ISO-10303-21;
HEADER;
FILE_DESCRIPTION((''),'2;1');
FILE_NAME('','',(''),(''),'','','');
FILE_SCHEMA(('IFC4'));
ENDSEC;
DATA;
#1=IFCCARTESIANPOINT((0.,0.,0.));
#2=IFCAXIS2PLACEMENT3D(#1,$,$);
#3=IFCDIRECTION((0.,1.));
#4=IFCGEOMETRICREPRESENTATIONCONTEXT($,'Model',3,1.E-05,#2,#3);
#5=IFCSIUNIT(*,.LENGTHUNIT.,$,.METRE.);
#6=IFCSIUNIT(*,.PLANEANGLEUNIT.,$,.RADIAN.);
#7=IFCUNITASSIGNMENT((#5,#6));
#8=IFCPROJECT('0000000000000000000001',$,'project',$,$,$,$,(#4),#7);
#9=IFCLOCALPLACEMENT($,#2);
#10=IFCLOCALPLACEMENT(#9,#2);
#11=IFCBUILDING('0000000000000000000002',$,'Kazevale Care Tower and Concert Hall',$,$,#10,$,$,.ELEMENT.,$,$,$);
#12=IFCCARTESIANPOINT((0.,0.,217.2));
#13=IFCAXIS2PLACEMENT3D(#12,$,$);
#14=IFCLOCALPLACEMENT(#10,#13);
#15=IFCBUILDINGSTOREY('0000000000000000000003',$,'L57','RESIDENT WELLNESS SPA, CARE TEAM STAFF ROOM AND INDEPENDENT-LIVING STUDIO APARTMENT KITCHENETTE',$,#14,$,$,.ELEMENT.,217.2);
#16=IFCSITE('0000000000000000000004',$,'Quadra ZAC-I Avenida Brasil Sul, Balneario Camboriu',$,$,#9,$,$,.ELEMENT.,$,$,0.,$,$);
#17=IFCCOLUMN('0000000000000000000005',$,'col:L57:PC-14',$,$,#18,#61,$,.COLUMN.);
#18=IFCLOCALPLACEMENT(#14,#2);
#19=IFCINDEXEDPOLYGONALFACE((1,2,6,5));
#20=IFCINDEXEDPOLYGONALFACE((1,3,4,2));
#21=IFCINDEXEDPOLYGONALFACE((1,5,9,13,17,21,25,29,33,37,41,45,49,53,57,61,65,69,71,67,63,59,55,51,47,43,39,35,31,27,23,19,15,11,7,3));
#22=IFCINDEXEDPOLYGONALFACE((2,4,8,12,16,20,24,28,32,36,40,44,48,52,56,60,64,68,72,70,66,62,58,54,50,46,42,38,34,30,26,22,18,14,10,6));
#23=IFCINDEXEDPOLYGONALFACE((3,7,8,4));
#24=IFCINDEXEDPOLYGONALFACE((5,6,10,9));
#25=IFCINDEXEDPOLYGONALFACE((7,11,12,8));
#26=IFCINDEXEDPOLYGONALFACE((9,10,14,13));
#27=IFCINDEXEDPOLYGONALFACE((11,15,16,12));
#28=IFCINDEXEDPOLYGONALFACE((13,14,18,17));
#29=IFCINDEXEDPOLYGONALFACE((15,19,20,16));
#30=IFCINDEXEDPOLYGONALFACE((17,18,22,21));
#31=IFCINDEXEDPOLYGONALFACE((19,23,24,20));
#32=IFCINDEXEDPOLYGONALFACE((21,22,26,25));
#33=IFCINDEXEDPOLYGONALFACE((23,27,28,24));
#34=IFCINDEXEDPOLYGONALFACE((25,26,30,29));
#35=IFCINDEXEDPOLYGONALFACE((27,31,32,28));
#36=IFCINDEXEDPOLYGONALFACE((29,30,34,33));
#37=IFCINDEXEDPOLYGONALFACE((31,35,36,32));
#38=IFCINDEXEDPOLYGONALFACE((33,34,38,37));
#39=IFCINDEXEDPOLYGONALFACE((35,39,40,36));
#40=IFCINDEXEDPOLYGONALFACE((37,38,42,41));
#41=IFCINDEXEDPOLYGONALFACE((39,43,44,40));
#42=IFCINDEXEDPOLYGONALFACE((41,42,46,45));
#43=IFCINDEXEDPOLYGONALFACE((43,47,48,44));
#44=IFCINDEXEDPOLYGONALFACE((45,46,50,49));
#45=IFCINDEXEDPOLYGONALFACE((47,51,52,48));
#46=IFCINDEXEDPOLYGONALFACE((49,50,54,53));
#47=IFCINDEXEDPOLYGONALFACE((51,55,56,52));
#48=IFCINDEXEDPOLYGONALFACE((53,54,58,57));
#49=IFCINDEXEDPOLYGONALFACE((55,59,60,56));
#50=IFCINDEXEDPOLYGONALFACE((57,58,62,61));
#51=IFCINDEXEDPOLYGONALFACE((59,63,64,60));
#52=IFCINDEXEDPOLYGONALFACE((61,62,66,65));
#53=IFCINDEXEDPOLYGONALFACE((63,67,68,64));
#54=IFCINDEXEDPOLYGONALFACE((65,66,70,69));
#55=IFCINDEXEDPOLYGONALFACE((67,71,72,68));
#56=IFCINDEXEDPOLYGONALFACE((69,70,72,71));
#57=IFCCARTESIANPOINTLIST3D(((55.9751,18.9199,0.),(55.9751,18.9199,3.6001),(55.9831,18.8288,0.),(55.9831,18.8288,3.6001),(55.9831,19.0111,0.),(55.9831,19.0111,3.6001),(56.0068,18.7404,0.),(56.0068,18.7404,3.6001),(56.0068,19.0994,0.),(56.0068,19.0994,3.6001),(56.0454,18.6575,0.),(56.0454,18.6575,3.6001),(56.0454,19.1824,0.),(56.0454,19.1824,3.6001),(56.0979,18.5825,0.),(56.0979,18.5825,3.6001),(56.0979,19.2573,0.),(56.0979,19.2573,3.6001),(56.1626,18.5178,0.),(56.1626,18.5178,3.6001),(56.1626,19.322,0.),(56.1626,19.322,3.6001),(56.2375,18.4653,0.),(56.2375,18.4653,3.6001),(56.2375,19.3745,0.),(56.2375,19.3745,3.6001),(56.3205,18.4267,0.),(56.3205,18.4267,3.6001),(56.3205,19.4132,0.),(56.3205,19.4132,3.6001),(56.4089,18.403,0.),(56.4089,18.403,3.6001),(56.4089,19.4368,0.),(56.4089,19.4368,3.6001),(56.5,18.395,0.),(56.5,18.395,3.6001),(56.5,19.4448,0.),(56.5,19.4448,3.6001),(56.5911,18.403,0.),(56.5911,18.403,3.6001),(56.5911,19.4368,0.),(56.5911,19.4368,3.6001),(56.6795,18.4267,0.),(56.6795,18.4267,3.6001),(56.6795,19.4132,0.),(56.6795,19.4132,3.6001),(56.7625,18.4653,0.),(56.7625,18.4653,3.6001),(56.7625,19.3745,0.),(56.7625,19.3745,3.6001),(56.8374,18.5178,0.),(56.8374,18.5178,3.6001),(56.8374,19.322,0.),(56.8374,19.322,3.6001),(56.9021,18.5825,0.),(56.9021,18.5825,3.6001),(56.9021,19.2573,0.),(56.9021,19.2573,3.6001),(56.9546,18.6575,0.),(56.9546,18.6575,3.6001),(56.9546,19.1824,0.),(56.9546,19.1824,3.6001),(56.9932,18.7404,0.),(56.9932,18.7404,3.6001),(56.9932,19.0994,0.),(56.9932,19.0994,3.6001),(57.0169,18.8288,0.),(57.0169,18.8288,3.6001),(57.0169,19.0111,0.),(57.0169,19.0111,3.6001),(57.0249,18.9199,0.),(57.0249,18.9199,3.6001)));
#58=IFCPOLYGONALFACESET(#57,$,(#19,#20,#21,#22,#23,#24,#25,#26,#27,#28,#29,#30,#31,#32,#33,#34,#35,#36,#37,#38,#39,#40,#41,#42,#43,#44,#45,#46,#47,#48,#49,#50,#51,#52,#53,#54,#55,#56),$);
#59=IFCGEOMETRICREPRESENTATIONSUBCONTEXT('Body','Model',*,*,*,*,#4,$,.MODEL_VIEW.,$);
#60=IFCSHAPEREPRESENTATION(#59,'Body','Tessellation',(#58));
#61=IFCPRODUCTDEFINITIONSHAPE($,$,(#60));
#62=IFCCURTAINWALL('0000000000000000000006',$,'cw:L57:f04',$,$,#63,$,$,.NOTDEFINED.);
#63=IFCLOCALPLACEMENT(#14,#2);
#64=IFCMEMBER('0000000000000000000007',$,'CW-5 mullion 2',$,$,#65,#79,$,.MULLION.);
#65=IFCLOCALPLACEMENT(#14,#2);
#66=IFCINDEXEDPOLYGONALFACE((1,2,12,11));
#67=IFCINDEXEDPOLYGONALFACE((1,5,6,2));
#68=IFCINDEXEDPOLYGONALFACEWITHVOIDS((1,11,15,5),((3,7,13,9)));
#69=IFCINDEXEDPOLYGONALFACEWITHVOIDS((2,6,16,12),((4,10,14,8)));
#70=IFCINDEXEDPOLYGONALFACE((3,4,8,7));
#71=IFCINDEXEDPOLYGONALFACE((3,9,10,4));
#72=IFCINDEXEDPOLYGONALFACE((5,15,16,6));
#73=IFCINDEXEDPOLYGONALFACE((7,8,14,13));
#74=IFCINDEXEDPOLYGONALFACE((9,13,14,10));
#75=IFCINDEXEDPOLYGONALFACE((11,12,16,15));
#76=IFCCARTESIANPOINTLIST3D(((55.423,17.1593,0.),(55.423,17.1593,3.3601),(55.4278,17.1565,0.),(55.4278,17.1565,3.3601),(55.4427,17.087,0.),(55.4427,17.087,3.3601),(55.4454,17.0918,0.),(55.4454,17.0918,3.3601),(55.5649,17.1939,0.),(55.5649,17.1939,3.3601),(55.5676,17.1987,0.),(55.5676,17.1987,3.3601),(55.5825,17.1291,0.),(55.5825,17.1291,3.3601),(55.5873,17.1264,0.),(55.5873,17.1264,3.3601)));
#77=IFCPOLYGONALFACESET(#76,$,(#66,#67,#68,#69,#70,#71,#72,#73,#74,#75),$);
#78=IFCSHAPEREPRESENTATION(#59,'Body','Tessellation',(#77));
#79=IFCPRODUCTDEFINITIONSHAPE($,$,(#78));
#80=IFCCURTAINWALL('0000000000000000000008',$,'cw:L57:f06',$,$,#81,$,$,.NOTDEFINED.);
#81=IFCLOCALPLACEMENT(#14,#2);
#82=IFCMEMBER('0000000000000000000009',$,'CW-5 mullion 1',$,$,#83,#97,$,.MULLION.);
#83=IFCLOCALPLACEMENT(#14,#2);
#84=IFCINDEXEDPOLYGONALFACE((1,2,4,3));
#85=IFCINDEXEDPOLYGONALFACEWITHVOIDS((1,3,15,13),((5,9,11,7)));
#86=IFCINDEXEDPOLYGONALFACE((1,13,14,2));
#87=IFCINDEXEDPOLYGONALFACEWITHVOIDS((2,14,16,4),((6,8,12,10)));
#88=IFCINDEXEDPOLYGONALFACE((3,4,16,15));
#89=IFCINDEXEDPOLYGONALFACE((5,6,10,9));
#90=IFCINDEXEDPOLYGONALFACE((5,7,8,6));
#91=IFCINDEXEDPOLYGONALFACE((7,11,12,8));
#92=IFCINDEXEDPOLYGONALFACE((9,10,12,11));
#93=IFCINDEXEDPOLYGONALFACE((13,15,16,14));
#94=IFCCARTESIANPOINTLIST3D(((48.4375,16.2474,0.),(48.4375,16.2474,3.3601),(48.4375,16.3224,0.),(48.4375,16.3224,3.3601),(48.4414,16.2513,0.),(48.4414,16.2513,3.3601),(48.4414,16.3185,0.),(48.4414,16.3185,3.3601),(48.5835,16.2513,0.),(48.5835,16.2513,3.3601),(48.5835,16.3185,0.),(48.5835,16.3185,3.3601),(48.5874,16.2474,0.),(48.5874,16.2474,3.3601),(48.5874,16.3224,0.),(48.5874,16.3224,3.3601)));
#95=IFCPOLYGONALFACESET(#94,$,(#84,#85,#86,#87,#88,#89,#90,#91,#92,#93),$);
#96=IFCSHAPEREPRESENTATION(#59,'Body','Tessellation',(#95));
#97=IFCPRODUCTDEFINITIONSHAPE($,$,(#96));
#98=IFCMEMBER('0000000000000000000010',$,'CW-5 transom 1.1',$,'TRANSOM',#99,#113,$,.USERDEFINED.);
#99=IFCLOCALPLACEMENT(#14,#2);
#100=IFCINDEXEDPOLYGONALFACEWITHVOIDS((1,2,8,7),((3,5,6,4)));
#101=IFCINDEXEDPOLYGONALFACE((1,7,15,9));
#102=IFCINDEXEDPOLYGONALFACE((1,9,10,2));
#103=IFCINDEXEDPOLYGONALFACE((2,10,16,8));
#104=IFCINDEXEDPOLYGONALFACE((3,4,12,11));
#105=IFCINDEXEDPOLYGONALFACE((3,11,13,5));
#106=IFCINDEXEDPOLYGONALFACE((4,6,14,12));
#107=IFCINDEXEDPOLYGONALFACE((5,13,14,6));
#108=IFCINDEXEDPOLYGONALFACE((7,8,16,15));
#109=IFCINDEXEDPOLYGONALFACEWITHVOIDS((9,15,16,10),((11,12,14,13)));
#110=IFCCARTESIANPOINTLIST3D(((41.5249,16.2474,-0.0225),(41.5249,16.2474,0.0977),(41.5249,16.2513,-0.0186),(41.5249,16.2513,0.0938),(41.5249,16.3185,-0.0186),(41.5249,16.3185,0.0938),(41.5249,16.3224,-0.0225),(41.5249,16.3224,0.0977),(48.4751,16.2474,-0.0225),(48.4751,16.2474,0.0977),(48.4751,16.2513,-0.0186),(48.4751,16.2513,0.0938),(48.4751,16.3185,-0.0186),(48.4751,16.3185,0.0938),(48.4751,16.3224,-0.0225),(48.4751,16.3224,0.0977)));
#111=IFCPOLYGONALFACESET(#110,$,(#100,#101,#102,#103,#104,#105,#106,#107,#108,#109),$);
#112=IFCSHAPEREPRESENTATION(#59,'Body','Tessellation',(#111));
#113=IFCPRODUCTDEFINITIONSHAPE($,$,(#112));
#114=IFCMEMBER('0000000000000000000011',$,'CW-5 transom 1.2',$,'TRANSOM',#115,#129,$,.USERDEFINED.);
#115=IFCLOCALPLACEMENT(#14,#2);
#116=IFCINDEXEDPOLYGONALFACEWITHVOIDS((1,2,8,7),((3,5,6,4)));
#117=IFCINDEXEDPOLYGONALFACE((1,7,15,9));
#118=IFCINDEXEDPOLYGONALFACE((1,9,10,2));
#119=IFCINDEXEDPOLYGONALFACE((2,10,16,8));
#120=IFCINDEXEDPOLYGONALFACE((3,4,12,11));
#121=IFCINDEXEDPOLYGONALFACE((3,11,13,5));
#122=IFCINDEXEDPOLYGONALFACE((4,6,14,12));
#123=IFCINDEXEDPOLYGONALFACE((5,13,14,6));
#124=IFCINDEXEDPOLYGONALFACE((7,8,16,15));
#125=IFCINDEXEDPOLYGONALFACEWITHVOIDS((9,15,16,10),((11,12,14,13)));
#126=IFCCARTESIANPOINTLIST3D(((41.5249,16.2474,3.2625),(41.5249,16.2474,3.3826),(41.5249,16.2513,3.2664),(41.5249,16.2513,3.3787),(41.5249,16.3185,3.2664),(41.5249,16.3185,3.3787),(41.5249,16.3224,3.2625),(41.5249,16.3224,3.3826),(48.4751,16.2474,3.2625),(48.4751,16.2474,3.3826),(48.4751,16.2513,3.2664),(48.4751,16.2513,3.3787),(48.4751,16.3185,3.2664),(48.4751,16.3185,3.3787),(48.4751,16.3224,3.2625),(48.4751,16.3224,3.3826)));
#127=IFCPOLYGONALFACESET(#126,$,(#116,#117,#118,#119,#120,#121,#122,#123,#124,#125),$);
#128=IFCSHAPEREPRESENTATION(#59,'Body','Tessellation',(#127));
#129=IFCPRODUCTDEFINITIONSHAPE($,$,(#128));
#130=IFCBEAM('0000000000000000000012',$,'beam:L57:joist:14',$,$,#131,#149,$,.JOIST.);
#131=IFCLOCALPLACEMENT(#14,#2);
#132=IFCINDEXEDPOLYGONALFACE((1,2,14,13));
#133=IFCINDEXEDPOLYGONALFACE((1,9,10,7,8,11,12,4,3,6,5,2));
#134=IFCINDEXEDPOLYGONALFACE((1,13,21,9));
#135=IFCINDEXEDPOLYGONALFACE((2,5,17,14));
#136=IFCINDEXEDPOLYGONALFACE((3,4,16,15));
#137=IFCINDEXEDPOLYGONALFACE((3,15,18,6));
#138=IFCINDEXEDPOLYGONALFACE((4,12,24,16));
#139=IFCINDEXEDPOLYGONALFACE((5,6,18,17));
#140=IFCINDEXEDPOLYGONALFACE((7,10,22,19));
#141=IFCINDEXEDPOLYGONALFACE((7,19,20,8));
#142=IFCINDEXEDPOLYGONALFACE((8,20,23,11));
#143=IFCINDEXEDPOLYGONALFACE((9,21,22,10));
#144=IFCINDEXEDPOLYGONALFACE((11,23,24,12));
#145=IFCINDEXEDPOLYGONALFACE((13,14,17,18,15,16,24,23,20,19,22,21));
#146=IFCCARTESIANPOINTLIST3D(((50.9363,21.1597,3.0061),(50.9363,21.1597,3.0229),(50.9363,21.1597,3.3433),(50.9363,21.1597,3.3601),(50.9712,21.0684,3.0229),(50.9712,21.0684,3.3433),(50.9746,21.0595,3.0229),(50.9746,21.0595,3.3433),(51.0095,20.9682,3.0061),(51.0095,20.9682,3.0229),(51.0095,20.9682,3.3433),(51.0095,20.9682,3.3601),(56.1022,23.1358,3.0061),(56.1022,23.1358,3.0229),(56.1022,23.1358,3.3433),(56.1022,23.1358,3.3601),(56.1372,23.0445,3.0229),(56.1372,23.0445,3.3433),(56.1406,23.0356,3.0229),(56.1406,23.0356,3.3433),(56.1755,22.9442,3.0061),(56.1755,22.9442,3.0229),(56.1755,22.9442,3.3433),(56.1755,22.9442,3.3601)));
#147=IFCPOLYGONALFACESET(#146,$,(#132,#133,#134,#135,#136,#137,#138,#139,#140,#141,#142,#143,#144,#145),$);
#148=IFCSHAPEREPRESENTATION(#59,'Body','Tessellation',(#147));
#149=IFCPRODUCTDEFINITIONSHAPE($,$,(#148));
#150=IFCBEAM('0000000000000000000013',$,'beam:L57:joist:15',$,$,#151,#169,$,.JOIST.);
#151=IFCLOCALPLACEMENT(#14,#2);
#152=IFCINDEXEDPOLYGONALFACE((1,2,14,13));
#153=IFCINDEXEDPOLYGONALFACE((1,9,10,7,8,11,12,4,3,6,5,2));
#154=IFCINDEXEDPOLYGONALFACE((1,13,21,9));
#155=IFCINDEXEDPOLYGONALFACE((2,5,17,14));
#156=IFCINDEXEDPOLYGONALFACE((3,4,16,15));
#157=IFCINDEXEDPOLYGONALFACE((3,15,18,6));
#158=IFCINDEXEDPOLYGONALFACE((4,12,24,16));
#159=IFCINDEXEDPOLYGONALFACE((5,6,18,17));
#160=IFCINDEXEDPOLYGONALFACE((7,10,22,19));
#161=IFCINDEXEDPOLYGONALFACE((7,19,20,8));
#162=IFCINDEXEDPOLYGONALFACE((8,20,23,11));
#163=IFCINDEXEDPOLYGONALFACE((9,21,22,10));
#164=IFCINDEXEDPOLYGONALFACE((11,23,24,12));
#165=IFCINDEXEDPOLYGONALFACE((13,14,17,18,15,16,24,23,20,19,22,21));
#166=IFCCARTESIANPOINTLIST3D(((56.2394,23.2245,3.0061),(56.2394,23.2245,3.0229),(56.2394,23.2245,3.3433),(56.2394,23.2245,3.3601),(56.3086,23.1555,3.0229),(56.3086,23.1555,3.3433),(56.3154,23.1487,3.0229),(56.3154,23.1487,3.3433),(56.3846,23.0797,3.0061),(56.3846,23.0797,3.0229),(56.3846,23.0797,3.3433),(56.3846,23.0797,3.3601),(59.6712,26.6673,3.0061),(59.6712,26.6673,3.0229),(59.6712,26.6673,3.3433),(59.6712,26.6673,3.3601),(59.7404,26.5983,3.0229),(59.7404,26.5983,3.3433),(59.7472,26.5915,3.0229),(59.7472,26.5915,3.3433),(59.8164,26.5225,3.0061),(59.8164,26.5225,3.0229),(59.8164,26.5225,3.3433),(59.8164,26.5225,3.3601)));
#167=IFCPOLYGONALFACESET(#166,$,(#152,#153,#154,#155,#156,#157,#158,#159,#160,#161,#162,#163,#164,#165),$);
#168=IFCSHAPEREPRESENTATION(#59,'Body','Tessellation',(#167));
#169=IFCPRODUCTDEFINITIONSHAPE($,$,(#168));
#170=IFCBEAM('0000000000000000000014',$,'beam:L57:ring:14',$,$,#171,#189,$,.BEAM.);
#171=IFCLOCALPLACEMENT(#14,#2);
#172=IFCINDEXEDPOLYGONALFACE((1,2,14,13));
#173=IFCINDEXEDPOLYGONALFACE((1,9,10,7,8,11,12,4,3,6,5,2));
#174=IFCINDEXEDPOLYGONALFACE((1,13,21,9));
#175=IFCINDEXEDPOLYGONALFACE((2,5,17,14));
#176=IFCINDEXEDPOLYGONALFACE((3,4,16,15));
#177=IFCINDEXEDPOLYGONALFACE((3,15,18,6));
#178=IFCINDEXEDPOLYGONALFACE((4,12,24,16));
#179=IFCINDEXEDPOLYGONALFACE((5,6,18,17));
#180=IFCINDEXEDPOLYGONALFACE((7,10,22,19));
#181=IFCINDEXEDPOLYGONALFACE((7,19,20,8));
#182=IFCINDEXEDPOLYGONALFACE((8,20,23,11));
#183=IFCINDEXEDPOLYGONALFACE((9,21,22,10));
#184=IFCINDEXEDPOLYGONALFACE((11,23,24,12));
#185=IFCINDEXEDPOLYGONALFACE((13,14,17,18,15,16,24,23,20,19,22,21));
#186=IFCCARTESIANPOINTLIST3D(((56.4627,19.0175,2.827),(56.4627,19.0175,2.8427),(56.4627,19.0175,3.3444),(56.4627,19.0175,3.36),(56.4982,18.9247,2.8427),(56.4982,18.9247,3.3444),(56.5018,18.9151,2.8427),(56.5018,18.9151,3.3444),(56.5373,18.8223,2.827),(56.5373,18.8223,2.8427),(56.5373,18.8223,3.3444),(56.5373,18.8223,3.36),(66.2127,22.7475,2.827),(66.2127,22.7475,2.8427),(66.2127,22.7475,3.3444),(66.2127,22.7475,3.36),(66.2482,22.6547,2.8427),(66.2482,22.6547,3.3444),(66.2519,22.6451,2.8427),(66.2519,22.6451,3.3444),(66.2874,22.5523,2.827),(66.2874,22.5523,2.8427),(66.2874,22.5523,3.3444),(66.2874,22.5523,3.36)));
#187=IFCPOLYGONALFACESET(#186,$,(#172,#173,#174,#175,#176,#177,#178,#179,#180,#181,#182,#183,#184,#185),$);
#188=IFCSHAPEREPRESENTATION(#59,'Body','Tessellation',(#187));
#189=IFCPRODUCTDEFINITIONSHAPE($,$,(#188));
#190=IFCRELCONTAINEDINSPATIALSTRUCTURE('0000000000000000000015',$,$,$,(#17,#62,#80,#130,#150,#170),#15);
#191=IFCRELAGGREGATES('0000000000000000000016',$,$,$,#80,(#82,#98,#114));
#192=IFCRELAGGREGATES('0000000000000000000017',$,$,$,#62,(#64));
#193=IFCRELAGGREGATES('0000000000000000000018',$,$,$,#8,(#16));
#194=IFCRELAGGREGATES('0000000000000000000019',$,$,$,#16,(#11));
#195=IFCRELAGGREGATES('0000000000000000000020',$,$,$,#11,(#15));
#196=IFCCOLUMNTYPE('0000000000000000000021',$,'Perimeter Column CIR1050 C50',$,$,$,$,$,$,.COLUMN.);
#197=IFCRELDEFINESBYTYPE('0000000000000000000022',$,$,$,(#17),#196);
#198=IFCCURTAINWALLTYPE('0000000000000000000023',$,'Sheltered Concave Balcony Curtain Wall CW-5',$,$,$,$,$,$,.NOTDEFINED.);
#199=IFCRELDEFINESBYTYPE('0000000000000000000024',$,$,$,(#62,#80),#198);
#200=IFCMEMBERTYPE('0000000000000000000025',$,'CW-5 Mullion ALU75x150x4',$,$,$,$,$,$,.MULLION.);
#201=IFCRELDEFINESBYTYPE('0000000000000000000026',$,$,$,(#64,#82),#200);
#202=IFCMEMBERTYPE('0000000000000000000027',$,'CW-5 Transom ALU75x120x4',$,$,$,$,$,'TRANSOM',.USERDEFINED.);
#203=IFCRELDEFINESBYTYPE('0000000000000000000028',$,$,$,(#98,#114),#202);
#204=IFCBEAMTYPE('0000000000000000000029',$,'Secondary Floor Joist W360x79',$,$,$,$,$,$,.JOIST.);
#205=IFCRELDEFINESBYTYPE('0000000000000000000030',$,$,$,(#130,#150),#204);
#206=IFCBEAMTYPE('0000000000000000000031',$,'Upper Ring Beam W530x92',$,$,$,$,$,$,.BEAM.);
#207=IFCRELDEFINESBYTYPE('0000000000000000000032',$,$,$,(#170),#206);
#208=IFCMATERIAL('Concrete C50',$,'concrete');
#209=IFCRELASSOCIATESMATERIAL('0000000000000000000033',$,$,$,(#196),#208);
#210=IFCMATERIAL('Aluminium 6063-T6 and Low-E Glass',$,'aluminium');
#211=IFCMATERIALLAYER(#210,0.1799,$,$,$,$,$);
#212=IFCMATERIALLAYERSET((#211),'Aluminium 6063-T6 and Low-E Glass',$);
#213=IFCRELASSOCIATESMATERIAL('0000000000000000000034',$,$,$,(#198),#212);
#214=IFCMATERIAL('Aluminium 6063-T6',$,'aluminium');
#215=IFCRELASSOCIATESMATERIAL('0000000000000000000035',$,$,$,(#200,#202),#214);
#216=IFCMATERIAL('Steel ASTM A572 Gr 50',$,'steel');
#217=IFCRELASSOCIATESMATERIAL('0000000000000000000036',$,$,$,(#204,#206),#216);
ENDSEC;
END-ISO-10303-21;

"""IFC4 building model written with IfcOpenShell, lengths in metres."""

from ifc_helpers import new_model, si_unit, direction, frame, origin, origin_2d, place, context, subcontext, project, spatial, hollow_rectangle, circle, i_section, extrude, material, layer, layer_set, material_profile, profile_set, type_object, element, aggregate, save


model = new_model("IFC4")

# Units and contexts
model_context = context("Model", 3, precision=1e-05, world=origin(), true_north=direction((0.0, 1.0)))
body_context = subcontext(model_context, "Body", "Model", "MODEL_VIEW")
ifc_project = project(units=[si_unit("LENGTHUNIT", "METRE"), si_unit("PLANEANGLEUNIT", "RADIAN")], contexts=[model_context])

# Site, building, storey
site_placement = place(None, origin())
site = spatial("IfcSite", under=ifc_project, at=site_placement, Name="Quadra ZAC-I Avenida Brasil Sul, Balneario Camboriu", CompositionType="ELEMENT", RefElevation=0.0)
building_placement = place(site_placement, origin())
building = spatial("IfcBuilding", under=site, at=building_placement, Name="Kazevale Care Tower and Concert Hall", CompositionType="ELEMENT")
storey_placement = place(building_placement, frame((0.0, 0.0, 217.2)))
storey = spatial("IfcBuildingStorey", under=building, at=storey_placement, Name="L57", Description="RESIDENT WELLNESS SPA, CARE TEAM STAFF ROOM AND INDEPENDENT-LIVING STUDIO APARTMENT KITCHENETTE", CompositionType="ELEMENT", Elevation=217.2)

# Column
ifc_material_1 = material(Name="Concrete C50", Category="concrete")
ifc_material_profile_1 = material_profile(ifc_material_1, circle(Radius=0.5249, at=origin_2d()), Name="RC-CIR1050")
ifc_profile_set_1 = profile_set([ifc_material_profile_1], Name="Concrete C50")
column_type = type_object("IfcColumnType", Name="Perimeter Column CIR1050 C50", PredefinedType="COLUMN", material=ifc_profile_set_1)
column_placement = place(storey_placement, frame((56.5, 18.9199, 0.0), z_axis=(0.0, 0.0, 1.0), x_axis=(1.0, 0.0, 0.0)))
element("IfcColumn", 1, at=column_placement, inside=storey, type_object=column_type, Name="col:L57:PC-14", PredefinedType="COLUMN", context=body_context, shape_type="SweptSolid", body=[
    extrude(circle(Radius=0.5249, at=origin_2d()), origin(), (0.0, 0.0, 1.0), 3.6001),
])

# Curtain wall, member
ifc_material_2 = material(Name="Aluminium 6063-T6 and Low-E Glass", Category="aluminium")
ifc_layer_1 = layer(ifc_material_2, 0.1799)
ifc_layer_set_1 = layer_set([ifc_layer_1], Name="Aluminium 6063-T6 and Low-E Glass")
curtain_wall_type = type_object("IfcCurtainWallType", Name="Sheltered Concave Balcony Curtain Wall CW-5", PredefinedType="NOTDEFINED", material=ifc_layer_set_1)
curtain_wall_1_placement = place(storey_placement, origin())
curtain_wall_1 = element("IfcCurtainWall", 2, at=curtain_wall_1_placement, inside=storey, type_object=curtain_wall_type, Name="cw:L57:f04", PredefinedType="NOTDEFINED")
ifc_material_3 = material(Name="Aluminium 6063-T6", Category="aluminium")
ifc_material_profile_2 = material_profile(ifc_material_3, hollow_rectangle(XDim=0.075, YDim=0.1499, WallThickness=0.0039, at=origin_2d()), Name="ALU75x150x4")
ifc_profile_set_2 = profile_set([ifc_material_profile_2], Name="Aluminium 6063-T6")
member_type_1 = type_object("IfcMemberType", Name="CW-5 Mullion ALU75x150x4", PredefinedType="MULLION", material=ifc_profile_set_2)
member_1_placement = place(storey_placement, frame((55.5051, 17.1428, 0.0), z_axis=(0.0, 0.0, 1.0), x_axis=(0.262849, -0.964837, 0.0)))
member_1 = element("IfcMember", 3, at=member_1_placement, type_object=member_type_1, Name="CW-5 mullion 2", PredefinedType="MULLION", context=body_context, shape_type="SweptSolid", body=[
    extrude(hollow_rectangle(XDim=0.075, YDim=0.1499, WallThickness=0.0039, at=origin_2d()), origin(), (0.0, 0.0, 1.0), 3.3601),
])

# Curtain wall, members
curtain_wall_2_placement = place(storey_placement, origin())
curtain_wall_2 = element("IfcCurtainWall", 4, at=curtain_wall_2_placement, inside=storey, type_object=curtain_wall_type, Name="cw:L57:f06", PredefinedType="NOTDEFINED")
member_2_placement = place(storey_placement, frame((48.5125, 16.2849, 0.0), z_axis=(0.0, 0.0, 1.0), x_axis=(0.0, -1.0, 0.0)))
member_2 = element("IfcMember", 5, at=member_2_placement, type_object=member_type_1, Name="CW-5 mullion 1", PredefinedType="MULLION", context=body_context, shape_type="SweptSolid", body=[
    extrude(hollow_rectangle(XDim=0.075, YDim=0.1499, WallThickness=0.0039, at=origin_2d()), origin(), (0.0, 0.0, 1.0), 3.3601),
])
ifc_material_profile_3 = material_profile(ifc_material_3, hollow_rectangle(XDim=0.075, YDim=0.1201, WallThickness=0.0039, at=origin_2d()), Name="ALU75x120x4")
ifc_profile_set_3 = profile_set([ifc_material_profile_3], Name="Aluminium 6063-T6")
member_type_2 = type_object("IfcMemberType", Name="CW-5 Transom ALU75x120x4", ElementType="TRANSOM", PredefinedType="USERDEFINED", material=ifc_profile_set_3)
member_3_placement = place(storey_placement, frame((48.4751, 16.2849, 0.0376), z_axis=(-1.0, 0.0, 0.0), x_axis=(0.0, -1.0, 0.0)))
member_3 = element("IfcMember", 6, at=member_3_placement, type_object=member_type_2, Name="CW-5 transom 1.1", ObjectType="TRANSOM", PredefinedType="USERDEFINED", context=body_context, shape_type="SweptSolid", body=[
    extrude(hollow_rectangle(XDim=0.075, YDim=0.1201, WallThickness=0.0039, at=origin_2d()), origin(), (0.0, 0.0, 1.0), 6.9502),
])
member_4_placement = place(storey_placement, frame((48.4751, 16.2849, 3.3225), z_axis=(-1.0, 0.0, 0.0), x_axis=(0.0, -1.0, 0.0)))
member_4 = element("IfcMember", 7, at=member_4_placement, type_object=member_type_2, Name="CW-5 transom 1.2", ObjectType="TRANSOM", PredefinedType="USERDEFINED", context=body_context, shape_type="SweptSolid", body=[
    extrude(hollow_rectangle(XDim=0.075, YDim=0.1201, WallThickness=0.0039, at=origin_2d()), origin(), (0.0, 0.0, 1.0), 6.9502),
])
aggregate(curtain_wall_2, [member_2, member_3, member_4])

# Beams
ifc_material_4 = material(Name="Steel ASTM A572 Gr 50", Category="steel")
ifc_material_profile_4 = material_profile(ifc_material_4, i_section(OverallWidth=0.2051, OverallDepth=0.354, WebThickness=0.0095, FlangeThickness=0.0168, at=origin_2d()), Name="W360x79")
ifc_profile_set_4 = profile_set([ifc_material_profile_4], Name="Steel ASTM A572 Gr 50")
beam_type_1 = type_object("IfcBeamType", Name="Secondary Floor Joist W360x79", PredefinedType="JOIST", material=ifc_profile_set_4)
beam_1_placement = place(storey_placement, frame((50.9729, 21.064, 3.1831), z_axis=(0.934002, 0.357269, 0.0), x_axis=(-0.357269, 0.934002, 0.0)))
element("IfcBeam", 8, at=beam_1_placement, inside=storey, type_object=beam_type_1, Name="beam:L57:joist:14", PredefinedType="JOIST", context=body_context, shape_type="SweptSolid", body=[
    extrude(i_section(OverallWidth=0.2051, OverallDepth=0.354, WebThickness=0.0095, FlangeThickness=0.0168, at=origin_2d()), origin(), (0.0, 0.0, 1.0), 5.531),
])
beam_2_placement = place(storey_placement, frame((56.312, 23.1521, 3.1831), z_axis=(0.705976, 0.708236, 0.0), x_axis=(-0.708236, 0.705976, 0.0)))
element("IfcBeam", 9, at=beam_2_placement, inside=storey, type_object=beam_type_1, Name="beam:L57:joist:15", PredefinedType="JOIST", context=body_context, shape_type="SweptSolid", body=[
    extrude(i_section(OverallWidth=0.2051, OverallDepth=0.354, WebThickness=0.0095, FlangeThickness=0.0168, at=origin_2d()), origin(), (0.0, 0.0, 1.0), 4.8611),
])
ifc_material_profile_5 = material_profile(ifc_material_4, i_section(OverallWidth=0.209, OverallDepth=0.533, WebThickness=0.0103, FlangeThickness=0.0156, at=origin_2d()), Name="W530x92")
ifc_profile_set_5 = profile_set([ifc_material_profile_5], Name="Steel ASTM A572 Gr 50")
beam_type_2 = type_object("IfcBeamType", Name="Upper Ring Beam W530x92", PredefinedType="BEAM", material=ifc_profile_set_5)
beam_3_placement = place(storey_placement, frame((56.5, 18.9199, 3.0935), z_axis=(0.933987, 0.357308, 0.0), x_axis=(-0.357308, 0.933987, 0.0)))
element("IfcBeam", 10, at=beam_3_placement, inside=storey, type_object=beam_type_2, Name="beam:L57:ring:14", PredefinedType="BEAM", context=body_context, shape_type="SweptSolid", body=[
    extrude(i_section(OverallWidth=0.209, OverallDepth=0.533, WebThickness=0.0103, FlangeThickness=0.0156, at=origin_2d()), origin(), (0.0, 0.0, 1.0), 10.4392),
])

aggregate(curtain_wall_1, [member_1])

save(model, "model.ifc")
